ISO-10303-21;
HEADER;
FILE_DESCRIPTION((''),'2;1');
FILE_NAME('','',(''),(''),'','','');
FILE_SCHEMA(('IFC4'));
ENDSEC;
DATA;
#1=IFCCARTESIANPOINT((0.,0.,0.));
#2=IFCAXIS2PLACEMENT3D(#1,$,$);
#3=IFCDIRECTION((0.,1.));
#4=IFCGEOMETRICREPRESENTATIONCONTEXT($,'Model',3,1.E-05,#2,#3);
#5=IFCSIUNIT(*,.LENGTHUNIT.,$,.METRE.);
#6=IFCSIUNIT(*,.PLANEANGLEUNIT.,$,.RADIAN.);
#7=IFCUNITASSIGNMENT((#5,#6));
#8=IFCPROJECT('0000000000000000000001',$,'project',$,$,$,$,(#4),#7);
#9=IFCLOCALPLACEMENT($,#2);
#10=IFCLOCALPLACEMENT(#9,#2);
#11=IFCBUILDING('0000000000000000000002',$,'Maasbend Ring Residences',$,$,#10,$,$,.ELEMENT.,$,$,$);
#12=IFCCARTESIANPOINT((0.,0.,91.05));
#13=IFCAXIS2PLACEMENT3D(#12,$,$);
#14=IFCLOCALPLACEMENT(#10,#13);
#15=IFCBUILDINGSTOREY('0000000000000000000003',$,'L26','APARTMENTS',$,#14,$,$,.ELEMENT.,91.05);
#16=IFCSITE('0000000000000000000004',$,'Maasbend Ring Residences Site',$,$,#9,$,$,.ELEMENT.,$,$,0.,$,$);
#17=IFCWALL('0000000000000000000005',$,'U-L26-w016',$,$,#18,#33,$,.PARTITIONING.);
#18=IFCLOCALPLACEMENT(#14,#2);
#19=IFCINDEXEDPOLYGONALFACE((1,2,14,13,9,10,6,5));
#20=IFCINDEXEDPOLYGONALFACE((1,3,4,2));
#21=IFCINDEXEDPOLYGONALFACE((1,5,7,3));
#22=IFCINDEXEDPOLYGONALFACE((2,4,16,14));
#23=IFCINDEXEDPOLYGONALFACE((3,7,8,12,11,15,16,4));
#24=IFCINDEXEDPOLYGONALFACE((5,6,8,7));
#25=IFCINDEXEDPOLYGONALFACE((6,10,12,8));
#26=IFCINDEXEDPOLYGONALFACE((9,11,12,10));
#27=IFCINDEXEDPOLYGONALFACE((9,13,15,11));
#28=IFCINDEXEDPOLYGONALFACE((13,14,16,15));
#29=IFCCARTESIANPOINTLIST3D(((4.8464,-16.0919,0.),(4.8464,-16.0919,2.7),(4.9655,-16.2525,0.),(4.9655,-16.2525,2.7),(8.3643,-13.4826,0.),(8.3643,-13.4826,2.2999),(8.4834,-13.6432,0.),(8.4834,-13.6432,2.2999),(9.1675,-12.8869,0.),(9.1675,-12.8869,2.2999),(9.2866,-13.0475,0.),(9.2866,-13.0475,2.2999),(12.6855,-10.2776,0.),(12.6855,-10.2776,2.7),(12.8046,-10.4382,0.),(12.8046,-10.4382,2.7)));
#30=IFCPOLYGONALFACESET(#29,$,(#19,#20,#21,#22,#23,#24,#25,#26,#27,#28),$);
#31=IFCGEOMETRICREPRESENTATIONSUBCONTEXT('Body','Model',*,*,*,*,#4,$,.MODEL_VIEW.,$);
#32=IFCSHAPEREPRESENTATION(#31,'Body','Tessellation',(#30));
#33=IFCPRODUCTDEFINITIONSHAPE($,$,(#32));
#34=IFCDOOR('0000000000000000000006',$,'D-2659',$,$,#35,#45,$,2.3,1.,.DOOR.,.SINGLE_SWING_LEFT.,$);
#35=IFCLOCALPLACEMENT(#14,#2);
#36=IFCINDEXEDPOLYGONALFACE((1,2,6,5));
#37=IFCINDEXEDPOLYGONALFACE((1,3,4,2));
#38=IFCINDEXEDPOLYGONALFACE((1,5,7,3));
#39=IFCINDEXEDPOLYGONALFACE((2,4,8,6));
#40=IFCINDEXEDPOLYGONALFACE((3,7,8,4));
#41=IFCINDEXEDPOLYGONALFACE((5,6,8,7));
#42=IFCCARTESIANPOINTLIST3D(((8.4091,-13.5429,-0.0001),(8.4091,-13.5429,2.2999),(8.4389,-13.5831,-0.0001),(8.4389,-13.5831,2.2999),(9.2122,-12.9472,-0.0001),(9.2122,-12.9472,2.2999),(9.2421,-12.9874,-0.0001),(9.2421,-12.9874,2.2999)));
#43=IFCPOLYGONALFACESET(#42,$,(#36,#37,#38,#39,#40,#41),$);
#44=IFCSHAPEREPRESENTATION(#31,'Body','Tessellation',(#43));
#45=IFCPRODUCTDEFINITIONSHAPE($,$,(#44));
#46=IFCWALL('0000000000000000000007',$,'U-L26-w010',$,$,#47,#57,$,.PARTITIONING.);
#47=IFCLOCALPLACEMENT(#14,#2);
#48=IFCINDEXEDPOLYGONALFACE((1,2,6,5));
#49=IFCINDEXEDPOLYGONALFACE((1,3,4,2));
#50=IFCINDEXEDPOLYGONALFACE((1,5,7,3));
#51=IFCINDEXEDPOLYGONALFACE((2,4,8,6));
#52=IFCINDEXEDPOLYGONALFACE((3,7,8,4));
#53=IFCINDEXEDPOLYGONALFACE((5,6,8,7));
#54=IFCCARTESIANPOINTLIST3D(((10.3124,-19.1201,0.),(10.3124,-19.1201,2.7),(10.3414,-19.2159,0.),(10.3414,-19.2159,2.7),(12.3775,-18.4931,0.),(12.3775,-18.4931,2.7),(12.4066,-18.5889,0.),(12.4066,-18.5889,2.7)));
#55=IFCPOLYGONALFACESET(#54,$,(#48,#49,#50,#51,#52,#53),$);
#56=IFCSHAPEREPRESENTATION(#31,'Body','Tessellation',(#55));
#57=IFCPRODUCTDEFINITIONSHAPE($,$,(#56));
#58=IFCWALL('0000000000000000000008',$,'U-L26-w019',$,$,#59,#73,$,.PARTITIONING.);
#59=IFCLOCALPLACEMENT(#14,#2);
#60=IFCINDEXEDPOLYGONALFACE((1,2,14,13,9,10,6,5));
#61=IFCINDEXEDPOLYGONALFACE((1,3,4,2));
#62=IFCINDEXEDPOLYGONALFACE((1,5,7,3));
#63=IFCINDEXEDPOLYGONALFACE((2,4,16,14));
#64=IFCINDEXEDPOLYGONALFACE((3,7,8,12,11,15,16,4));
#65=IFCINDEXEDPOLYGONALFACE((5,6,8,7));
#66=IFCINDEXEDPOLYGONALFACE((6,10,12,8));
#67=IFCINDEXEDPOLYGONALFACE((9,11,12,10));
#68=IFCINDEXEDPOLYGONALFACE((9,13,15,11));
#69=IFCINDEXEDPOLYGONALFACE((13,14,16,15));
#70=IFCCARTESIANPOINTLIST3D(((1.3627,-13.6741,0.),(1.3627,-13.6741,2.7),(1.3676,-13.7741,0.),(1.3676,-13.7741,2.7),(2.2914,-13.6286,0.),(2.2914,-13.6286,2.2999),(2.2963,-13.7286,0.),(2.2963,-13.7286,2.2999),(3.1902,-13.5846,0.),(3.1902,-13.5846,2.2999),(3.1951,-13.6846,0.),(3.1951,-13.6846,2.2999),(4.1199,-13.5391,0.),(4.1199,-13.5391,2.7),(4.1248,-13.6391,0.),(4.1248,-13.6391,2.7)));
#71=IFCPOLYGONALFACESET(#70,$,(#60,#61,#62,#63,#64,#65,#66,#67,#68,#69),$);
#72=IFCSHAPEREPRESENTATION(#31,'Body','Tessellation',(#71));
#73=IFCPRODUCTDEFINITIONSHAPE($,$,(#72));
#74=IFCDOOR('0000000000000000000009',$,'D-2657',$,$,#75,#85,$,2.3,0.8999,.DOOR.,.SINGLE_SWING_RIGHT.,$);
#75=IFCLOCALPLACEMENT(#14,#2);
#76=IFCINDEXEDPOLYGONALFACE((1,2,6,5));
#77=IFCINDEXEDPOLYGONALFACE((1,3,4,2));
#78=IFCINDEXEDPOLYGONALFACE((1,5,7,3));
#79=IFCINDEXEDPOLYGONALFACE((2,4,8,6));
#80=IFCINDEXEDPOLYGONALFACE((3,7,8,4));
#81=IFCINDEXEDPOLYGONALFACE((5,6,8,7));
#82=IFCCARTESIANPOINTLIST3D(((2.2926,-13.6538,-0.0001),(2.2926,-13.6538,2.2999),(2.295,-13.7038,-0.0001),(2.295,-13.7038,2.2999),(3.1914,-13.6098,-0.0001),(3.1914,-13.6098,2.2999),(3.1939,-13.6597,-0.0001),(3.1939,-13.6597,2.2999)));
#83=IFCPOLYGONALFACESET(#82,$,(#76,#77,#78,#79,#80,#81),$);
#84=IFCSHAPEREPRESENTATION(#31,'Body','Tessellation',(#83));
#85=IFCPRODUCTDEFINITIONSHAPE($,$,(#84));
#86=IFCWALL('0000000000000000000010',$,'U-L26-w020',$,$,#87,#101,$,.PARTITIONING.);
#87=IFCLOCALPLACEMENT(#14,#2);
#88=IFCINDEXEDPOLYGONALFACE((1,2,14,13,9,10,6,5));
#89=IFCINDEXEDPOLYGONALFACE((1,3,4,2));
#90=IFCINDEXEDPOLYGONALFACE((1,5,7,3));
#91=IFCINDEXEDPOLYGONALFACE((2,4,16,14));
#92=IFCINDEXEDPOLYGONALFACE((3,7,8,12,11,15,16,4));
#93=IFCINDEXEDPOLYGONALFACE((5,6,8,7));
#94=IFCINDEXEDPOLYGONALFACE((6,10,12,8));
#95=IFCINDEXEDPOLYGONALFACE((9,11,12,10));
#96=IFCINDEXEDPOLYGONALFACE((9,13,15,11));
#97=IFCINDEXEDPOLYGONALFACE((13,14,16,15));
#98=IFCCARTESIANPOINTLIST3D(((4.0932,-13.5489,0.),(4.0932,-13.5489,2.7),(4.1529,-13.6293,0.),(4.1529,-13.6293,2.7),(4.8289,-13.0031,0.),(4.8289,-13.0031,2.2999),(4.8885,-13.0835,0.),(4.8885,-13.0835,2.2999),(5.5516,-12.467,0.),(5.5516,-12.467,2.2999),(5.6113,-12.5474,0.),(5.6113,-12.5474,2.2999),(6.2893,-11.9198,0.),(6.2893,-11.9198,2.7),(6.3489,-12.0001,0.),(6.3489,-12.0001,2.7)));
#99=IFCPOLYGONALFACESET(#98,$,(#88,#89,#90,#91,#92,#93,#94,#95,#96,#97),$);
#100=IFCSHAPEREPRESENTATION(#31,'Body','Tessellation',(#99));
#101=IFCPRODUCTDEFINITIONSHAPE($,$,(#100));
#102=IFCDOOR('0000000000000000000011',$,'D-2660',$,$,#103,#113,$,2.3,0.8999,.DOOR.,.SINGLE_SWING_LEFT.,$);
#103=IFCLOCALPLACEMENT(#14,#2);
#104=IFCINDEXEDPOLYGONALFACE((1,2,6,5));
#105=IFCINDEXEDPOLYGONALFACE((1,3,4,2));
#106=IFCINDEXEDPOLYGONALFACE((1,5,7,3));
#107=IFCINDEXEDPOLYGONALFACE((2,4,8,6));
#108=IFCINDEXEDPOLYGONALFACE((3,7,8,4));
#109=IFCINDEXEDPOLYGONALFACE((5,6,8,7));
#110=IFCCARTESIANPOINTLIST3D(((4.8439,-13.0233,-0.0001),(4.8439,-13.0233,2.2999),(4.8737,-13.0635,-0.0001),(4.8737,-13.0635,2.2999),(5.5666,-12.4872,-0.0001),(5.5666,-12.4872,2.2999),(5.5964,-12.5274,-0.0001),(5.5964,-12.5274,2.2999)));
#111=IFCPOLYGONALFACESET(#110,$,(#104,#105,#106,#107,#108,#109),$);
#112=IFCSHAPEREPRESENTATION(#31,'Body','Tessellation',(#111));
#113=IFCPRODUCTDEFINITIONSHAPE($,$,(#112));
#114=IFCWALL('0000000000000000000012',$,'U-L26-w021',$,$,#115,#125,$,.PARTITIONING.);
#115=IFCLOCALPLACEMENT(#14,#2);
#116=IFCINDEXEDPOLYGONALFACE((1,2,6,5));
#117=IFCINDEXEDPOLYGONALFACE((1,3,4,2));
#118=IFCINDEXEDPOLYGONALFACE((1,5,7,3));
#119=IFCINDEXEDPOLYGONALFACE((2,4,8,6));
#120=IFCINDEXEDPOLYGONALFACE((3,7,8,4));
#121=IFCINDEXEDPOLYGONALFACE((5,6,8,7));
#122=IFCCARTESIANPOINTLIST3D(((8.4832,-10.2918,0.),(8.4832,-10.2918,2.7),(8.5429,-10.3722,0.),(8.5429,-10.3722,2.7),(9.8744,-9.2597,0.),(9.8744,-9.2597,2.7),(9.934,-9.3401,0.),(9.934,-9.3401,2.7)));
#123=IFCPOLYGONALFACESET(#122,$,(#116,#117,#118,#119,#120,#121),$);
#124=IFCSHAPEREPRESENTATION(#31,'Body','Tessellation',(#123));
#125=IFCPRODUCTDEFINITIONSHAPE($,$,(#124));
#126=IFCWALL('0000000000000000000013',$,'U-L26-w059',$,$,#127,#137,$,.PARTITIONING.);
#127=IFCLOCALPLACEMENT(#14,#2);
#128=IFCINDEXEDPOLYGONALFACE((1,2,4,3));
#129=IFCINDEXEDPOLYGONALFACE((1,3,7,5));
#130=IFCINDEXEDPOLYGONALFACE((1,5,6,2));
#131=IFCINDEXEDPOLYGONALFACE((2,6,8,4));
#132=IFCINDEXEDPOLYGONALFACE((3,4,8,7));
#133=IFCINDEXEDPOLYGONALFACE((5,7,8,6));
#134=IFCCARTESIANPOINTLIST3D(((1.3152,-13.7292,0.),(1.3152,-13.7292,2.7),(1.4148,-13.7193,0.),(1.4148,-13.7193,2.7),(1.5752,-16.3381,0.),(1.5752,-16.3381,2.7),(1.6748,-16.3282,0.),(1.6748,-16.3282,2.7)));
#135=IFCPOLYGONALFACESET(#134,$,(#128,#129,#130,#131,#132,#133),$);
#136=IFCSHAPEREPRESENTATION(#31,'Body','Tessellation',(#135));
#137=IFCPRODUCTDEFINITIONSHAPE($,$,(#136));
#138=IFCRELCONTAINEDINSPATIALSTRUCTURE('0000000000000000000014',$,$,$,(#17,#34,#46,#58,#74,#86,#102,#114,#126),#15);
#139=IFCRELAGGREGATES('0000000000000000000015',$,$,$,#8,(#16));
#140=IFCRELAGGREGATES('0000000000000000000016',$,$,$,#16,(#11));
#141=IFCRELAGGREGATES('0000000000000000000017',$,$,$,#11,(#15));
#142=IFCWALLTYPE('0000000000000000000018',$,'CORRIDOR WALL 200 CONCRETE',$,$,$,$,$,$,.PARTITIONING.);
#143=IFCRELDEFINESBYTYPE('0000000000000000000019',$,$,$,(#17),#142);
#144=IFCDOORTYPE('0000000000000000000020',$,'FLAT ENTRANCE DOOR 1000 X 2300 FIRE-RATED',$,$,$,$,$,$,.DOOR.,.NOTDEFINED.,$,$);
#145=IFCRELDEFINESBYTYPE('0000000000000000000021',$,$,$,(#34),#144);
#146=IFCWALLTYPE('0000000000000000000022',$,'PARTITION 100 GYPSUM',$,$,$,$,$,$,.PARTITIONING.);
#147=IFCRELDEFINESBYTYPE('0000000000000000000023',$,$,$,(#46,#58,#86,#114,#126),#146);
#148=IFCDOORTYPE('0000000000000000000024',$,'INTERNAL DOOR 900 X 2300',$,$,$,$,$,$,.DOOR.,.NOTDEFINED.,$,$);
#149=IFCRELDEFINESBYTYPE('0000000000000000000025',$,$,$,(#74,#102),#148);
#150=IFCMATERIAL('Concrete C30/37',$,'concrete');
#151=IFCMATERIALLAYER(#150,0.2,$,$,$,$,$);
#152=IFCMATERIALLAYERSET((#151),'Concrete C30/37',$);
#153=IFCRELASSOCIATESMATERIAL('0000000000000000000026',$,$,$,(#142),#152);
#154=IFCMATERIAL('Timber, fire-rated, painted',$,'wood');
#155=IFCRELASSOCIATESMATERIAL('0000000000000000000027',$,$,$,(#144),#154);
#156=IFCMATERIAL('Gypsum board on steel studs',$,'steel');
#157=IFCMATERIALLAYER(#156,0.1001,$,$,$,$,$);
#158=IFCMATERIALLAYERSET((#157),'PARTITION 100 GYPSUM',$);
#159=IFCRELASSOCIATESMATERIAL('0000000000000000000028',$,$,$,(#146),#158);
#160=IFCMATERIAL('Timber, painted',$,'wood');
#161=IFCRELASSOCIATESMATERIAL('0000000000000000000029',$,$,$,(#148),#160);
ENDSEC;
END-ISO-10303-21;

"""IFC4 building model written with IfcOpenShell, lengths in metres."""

from ifc_helpers import new_model, si_unit, direction, frame, frame_2d, origin, place, context, subcontext, project, spatial, rectangle, extrude, material, layer, layer_set, type_object, element, fill, save


model = new_model("IFC4")

# Units and contexts
model_context = context("Model", 3, precision=1e-05, world=origin(), true_north=direction((0.0, 1.0)))
body_context = subcontext(model_context, "Body", "Model", "MODEL_VIEW")
ifc_project = project(units=[si_unit("LENGTHUNIT", "METRE"), si_unit("PLANEANGLEUNIT", "RADIAN")], contexts=[model_context])

# Site, building, storey
site_placement = place(None, origin())
site = spatial("IfcSite", under=ifc_project, at=site_placement, Name="Maasbend Ring Residences Site", CompositionType="ELEMENT", RefElevation=0.0)
building_placement = place(site_placement, origin())
building = spatial("IfcBuilding", under=site, at=building_placement, Name="Maasbend Ring Residences", CompositionType="ELEMENT")
storey_placement = place(building_placement, frame((0.0, 0.0, 91.05)))
storey = spatial("IfcBuildingStorey", under=building, at=storey_placement, Name="L26", Description="APARTMENTS", CompositionType="ELEMENT", Elevation=91.05)

# Wall, opening, door
ifc_material_1 = material(Name="Concrete C30/37", Category="concrete")
ifc_layer_1 = layer(ifc_material_1, 0.2)
ifc_layer_set_1 = layer_set([ifc_layer_1], Name="Concrete C30/37")
wall_type_1 = type_object("IfcWallType", Name="CORRIDOR WALL 200 CONCRETE", PredefinedType="PARTITIONING", material=ifc_layer_set_1)
ifc_material_2 = material(Name="Timber, fire-rated, painted", Category="wood")
door_type_1 = type_object("IfcDoorType", Name="FLAT ENTRANCE DOOR 1000 X 2300 FIRE-RATED", OperationType="NOTDEFINED", PredefinedType="DOOR", material=ifc_material_2)
wall_1_placement = place(storey_placement, frame((4.906, -16.1721, 0.0), z_axis=(0.0, 0.0, 1.0), x_axis=(0.803191, 0.595721, 0.0)))
wall_1 = element("IfcWall", 1, at=wall_1_placement, inside=storey, type_object=wall_type_1, Name="U-L26-w016", PredefinedType="PARTITIONING", context=body_context, shape_type="SweptSolid", body=[
    extrude(rectangle(XDim=9.76, YDim=0.2, at=frame_2d((4.8799, 0.0))), origin(), (0.0, 0.0, 1.0), 2.7),
])
opening_1_placement = place(wall_1_placement, frame((4.3799, 0.0, 0.0)))
opening_1 = element("IfcOpeningElement", 2, at=opening_1_placement, cuts=wall_1, PredefinedType="OPENING", context=body_context, shape_type="SweptSolid", body=[
    extrude(rectangle(XDim=1.0, YDim=2.3, at=frame_2d((0.5, 1.1499))), frame((0.0, 0.1099, 0.0), z_axis=(0.0, -1.0, 0.0), x_axis=(1.0, 0.0, 0.0)), (0.0, 0.0, 1.0), 0.22),
])
door_1_placement = place(opening_1_placement, origin())
door_1 = element("IfcDoor", 3, at=door_1_placement, inside=storey, type_object=door_type_1, Name="D-2659", OperationType="SINGLE_SWING_LEFT", OverallHeight=2.3, OverallWidth=1.0, PredefinedType="DOOR", context=body_context, shape_type="SweptSolid", body=[
    extrude(rectangle(XDim=1.0, YDim=2.3, at=frame_2d((0.5, 1.1499))), frame((0.0, 0.0249, 0.0), z_axis=(0.0, -1.0, 0.0), x_axis=(1.0, 0.0, 0.0)), (0.0, 0.0, 1.0), 0.05),
])
fill(opening_1, door_1)

# Wall
ifc_material_3 = material(Name="Gypsum board on steel studs", Category="steel")
ifc_layer_2 = layer(ifc_material_3, 0.1001)
ifc_layer_set_2 = layer_set([ifc_layer_2], Name="PARTITION 100 GYPSUM")
wall_type_2 = type_object("IfcWallType", Name="PARTITION 100 GYPSUM", PredefinedType="PARTITIONING", material=ifc_layer_set_2)
wall_2_placement = place(storey_placement, frame((10.3269, -19.168, 0.0), z_axis=(0.0, 0.0, 1.0), x_axis=(0.956878, 0.290491, 0.0)))
element("IfcWall", 4, at=wall_2_placement, inside=storey, type_object=wall_type_2, Name="U-L26-w010", PredefinedType="PARTITIONING", context=body_context, shape_type="SweptSolid", body=[
    extrude(rectangle(XDim=2.1582, YDim=0.1001, at=frame_2d((1.0791, 0.0))), origin(), (0.0, 0.0, 1.0), 2.7),
])

# Walls, openings, doors
wall_3_placement = place(storey_placement, frame((1.365, -13.7241, 0.0), z_axis=(0.0, 0.0, 1.0), x_axis=(0.998803, 0.04891, 0.0)))
wall_3 = element("IfcWall", 5, at=wall_3_placement, inside=storey, type_object=wall_type_2, Name="U-L26-w019", PredefinedType="PARTITIONING", context=body_context, shape_type="SweptSolid", body=[
    extrude(rectangle(XDim=2.7605, YDim=0.1001, at=frame_2d((1.3804, 0.0))), origin(), (0.0, 0.0, 1.0), 2.7),
])
opening_2_placement = place(wall_3_placement, frame((0.9299, 0.0, 0.0)))
opening_2 = element("IfcOpeningElement", 6, at=opening_2_placement, cuts=wall_3, PredefinedType="OPENING", context=body_context, shape_type="SweptSolid", body=[
    extrude(rectangle(XDim=0.8999, YDim=2.3, at=frame_2d((0.45, 1.1499))), frame((0.0, 0.0601, 0.0), z_axis=(0.0, -1.0, 0.0), x_axis=(1.0, 0.0, 0.0)), (0.0, 0.0, 1.0), 0.1201),
])
ifc_material_4 = material(Name="Timber, painted", Category="wood")
door_type_2 = type_object("IfcDoorType", Name="INTERNAL DOOR 900 X 2300", OperationType="NOTDEFINED", PredefinedType="DOOR", material=ifc_material_4)
door_2_placement = place(opening_2_placement, origin())
door_2 = element("IfcDoor", 7, at=door_2_placement, inside=storey, type_object=door_type_2, Name="D-2657", OperationType="SINGLE_SWING_RIGHT", OverallHeight=2.3, OverallWidth=0.8999, PredefinedType="DOOR", context=body_context, shape_type="SweptSolid", body=[
    extrude(rectangle(XDim=0.8999, YDim=2.3, at=frame_2d((0.45, 1.1499))), frame((0.0, 0.0249, 0.0), z_axis=(0.0, -1.0, 0.0), x_axis=(1.0, 0.0, 0.0)), (0.0, 0.0, 1.0), 0.05),
])
fill(opening_2, door_2)
wall_4_placement = place(storey_placement, frame((4.123, -13.5891, 0.0), z_axis=(0.0, 0.0, 1.0), x_axis=(0.803128, 0.595806, 0.0)))
wall_4 = element("IfcWall", 8, at=wall_4_placement, inside=storey, type_object=wall_type_2, Name="U-L26-w020", PredefinedType="PARTITIONING", context=body_context, shape_type="SweptSolid", body=[
    extrude(rectangle(XDim=2.7344, YDim=0.1001, at=frame_2d((1.3672, 0.0))), origin(), (0.0, 0.0, 1.0), 2.7),
])
opening_3_placement = place(wall_4_placement, frame((0.916, 0.0, 0.0)))
opening_3 = element("IfcOpeningElement", 9, at=opening_3_placement, cuts=wall_4, PredefinedType="OPENING", context=body_context, shape_type="SweptSolid", body=[
    extrude(rectangle(XDim=0.8999, YDim=2.3, at=frame_2d((0.45, 1.1499))), frame((0.0, 0.0601, 0.0), z_axis=(0.0, -1.0, 0.0), x_axis=(1.0, 0.0, 0.0)), (0.0, 0.0, 1.0), 0.1201),
])
door_3_placement = place(opening_3_placement, origin())
door_3 = element("IfcDoor", 10, at=door_3_placement, inside=storey, type_object=door_type_2, Name="D-2660", OperationType="SINGLE_SWING_LEFT", OverallHeight=2.3, OverallWidth=0.8999, PredefinedType="DOOR", context=body_context, shape_type="SweptSolid", body=[
    extrude(rectangle(XDim=0.8999, YDim=2.3, at=frame_2d((0.45, 1.1499))), frame((0.0, 0.0249, 0.0), z_axis=(0.0, -1.0, 0.0), x_axis=(1.0, 0.0, 0.0)), (0.0, 0.0, 1.0), 0.05),
])
fill(opening_3, door_3)

# Walls
wall_5_placement = place(storey_placement, frame((8.5129, -10.332, 0.0), z_axis=(0.0, 0.0, 1.0), x_axis=(0.803135, 0.595797, 0.0)))
element("IfcWall", 11, at=wall_5_placement, inside=storey, type_object=wall_type_2, Name="U-L26-w021", PredefinedType="PARTITIONING", context=body_context, shape_type="SweptSolid", body=[
    extrude(rectangle(XDim=1.7322, YDim=0.1001, at=frame_2d((0.8662, 0.0))), origin(), (0.0, 0.0, 1.0), 2.7),
])
wall_6_placement = place(storey_placement, frame((1.365, -13.7241, 0.0), z_axis=(0.0, 0.0, 1.0), x_axis=(0.099172, -0.99507, 0.0)))
element("IfcWall", 12, at=wall_6_placement, inside=storey, type_object=wall_type_2, Name="U-L26-w059", PredefinedType="PARTITIONING", context=body_context, shape_type="SweptSolid", body=[
    extrude(rectangle(XDim=2.6218, YDim=0.1001, at=frame_2d((1.311, 0.0))), origin(), (0.0, 0.0, 1.0), 2.7),
])

save(model, "model.ifc")
